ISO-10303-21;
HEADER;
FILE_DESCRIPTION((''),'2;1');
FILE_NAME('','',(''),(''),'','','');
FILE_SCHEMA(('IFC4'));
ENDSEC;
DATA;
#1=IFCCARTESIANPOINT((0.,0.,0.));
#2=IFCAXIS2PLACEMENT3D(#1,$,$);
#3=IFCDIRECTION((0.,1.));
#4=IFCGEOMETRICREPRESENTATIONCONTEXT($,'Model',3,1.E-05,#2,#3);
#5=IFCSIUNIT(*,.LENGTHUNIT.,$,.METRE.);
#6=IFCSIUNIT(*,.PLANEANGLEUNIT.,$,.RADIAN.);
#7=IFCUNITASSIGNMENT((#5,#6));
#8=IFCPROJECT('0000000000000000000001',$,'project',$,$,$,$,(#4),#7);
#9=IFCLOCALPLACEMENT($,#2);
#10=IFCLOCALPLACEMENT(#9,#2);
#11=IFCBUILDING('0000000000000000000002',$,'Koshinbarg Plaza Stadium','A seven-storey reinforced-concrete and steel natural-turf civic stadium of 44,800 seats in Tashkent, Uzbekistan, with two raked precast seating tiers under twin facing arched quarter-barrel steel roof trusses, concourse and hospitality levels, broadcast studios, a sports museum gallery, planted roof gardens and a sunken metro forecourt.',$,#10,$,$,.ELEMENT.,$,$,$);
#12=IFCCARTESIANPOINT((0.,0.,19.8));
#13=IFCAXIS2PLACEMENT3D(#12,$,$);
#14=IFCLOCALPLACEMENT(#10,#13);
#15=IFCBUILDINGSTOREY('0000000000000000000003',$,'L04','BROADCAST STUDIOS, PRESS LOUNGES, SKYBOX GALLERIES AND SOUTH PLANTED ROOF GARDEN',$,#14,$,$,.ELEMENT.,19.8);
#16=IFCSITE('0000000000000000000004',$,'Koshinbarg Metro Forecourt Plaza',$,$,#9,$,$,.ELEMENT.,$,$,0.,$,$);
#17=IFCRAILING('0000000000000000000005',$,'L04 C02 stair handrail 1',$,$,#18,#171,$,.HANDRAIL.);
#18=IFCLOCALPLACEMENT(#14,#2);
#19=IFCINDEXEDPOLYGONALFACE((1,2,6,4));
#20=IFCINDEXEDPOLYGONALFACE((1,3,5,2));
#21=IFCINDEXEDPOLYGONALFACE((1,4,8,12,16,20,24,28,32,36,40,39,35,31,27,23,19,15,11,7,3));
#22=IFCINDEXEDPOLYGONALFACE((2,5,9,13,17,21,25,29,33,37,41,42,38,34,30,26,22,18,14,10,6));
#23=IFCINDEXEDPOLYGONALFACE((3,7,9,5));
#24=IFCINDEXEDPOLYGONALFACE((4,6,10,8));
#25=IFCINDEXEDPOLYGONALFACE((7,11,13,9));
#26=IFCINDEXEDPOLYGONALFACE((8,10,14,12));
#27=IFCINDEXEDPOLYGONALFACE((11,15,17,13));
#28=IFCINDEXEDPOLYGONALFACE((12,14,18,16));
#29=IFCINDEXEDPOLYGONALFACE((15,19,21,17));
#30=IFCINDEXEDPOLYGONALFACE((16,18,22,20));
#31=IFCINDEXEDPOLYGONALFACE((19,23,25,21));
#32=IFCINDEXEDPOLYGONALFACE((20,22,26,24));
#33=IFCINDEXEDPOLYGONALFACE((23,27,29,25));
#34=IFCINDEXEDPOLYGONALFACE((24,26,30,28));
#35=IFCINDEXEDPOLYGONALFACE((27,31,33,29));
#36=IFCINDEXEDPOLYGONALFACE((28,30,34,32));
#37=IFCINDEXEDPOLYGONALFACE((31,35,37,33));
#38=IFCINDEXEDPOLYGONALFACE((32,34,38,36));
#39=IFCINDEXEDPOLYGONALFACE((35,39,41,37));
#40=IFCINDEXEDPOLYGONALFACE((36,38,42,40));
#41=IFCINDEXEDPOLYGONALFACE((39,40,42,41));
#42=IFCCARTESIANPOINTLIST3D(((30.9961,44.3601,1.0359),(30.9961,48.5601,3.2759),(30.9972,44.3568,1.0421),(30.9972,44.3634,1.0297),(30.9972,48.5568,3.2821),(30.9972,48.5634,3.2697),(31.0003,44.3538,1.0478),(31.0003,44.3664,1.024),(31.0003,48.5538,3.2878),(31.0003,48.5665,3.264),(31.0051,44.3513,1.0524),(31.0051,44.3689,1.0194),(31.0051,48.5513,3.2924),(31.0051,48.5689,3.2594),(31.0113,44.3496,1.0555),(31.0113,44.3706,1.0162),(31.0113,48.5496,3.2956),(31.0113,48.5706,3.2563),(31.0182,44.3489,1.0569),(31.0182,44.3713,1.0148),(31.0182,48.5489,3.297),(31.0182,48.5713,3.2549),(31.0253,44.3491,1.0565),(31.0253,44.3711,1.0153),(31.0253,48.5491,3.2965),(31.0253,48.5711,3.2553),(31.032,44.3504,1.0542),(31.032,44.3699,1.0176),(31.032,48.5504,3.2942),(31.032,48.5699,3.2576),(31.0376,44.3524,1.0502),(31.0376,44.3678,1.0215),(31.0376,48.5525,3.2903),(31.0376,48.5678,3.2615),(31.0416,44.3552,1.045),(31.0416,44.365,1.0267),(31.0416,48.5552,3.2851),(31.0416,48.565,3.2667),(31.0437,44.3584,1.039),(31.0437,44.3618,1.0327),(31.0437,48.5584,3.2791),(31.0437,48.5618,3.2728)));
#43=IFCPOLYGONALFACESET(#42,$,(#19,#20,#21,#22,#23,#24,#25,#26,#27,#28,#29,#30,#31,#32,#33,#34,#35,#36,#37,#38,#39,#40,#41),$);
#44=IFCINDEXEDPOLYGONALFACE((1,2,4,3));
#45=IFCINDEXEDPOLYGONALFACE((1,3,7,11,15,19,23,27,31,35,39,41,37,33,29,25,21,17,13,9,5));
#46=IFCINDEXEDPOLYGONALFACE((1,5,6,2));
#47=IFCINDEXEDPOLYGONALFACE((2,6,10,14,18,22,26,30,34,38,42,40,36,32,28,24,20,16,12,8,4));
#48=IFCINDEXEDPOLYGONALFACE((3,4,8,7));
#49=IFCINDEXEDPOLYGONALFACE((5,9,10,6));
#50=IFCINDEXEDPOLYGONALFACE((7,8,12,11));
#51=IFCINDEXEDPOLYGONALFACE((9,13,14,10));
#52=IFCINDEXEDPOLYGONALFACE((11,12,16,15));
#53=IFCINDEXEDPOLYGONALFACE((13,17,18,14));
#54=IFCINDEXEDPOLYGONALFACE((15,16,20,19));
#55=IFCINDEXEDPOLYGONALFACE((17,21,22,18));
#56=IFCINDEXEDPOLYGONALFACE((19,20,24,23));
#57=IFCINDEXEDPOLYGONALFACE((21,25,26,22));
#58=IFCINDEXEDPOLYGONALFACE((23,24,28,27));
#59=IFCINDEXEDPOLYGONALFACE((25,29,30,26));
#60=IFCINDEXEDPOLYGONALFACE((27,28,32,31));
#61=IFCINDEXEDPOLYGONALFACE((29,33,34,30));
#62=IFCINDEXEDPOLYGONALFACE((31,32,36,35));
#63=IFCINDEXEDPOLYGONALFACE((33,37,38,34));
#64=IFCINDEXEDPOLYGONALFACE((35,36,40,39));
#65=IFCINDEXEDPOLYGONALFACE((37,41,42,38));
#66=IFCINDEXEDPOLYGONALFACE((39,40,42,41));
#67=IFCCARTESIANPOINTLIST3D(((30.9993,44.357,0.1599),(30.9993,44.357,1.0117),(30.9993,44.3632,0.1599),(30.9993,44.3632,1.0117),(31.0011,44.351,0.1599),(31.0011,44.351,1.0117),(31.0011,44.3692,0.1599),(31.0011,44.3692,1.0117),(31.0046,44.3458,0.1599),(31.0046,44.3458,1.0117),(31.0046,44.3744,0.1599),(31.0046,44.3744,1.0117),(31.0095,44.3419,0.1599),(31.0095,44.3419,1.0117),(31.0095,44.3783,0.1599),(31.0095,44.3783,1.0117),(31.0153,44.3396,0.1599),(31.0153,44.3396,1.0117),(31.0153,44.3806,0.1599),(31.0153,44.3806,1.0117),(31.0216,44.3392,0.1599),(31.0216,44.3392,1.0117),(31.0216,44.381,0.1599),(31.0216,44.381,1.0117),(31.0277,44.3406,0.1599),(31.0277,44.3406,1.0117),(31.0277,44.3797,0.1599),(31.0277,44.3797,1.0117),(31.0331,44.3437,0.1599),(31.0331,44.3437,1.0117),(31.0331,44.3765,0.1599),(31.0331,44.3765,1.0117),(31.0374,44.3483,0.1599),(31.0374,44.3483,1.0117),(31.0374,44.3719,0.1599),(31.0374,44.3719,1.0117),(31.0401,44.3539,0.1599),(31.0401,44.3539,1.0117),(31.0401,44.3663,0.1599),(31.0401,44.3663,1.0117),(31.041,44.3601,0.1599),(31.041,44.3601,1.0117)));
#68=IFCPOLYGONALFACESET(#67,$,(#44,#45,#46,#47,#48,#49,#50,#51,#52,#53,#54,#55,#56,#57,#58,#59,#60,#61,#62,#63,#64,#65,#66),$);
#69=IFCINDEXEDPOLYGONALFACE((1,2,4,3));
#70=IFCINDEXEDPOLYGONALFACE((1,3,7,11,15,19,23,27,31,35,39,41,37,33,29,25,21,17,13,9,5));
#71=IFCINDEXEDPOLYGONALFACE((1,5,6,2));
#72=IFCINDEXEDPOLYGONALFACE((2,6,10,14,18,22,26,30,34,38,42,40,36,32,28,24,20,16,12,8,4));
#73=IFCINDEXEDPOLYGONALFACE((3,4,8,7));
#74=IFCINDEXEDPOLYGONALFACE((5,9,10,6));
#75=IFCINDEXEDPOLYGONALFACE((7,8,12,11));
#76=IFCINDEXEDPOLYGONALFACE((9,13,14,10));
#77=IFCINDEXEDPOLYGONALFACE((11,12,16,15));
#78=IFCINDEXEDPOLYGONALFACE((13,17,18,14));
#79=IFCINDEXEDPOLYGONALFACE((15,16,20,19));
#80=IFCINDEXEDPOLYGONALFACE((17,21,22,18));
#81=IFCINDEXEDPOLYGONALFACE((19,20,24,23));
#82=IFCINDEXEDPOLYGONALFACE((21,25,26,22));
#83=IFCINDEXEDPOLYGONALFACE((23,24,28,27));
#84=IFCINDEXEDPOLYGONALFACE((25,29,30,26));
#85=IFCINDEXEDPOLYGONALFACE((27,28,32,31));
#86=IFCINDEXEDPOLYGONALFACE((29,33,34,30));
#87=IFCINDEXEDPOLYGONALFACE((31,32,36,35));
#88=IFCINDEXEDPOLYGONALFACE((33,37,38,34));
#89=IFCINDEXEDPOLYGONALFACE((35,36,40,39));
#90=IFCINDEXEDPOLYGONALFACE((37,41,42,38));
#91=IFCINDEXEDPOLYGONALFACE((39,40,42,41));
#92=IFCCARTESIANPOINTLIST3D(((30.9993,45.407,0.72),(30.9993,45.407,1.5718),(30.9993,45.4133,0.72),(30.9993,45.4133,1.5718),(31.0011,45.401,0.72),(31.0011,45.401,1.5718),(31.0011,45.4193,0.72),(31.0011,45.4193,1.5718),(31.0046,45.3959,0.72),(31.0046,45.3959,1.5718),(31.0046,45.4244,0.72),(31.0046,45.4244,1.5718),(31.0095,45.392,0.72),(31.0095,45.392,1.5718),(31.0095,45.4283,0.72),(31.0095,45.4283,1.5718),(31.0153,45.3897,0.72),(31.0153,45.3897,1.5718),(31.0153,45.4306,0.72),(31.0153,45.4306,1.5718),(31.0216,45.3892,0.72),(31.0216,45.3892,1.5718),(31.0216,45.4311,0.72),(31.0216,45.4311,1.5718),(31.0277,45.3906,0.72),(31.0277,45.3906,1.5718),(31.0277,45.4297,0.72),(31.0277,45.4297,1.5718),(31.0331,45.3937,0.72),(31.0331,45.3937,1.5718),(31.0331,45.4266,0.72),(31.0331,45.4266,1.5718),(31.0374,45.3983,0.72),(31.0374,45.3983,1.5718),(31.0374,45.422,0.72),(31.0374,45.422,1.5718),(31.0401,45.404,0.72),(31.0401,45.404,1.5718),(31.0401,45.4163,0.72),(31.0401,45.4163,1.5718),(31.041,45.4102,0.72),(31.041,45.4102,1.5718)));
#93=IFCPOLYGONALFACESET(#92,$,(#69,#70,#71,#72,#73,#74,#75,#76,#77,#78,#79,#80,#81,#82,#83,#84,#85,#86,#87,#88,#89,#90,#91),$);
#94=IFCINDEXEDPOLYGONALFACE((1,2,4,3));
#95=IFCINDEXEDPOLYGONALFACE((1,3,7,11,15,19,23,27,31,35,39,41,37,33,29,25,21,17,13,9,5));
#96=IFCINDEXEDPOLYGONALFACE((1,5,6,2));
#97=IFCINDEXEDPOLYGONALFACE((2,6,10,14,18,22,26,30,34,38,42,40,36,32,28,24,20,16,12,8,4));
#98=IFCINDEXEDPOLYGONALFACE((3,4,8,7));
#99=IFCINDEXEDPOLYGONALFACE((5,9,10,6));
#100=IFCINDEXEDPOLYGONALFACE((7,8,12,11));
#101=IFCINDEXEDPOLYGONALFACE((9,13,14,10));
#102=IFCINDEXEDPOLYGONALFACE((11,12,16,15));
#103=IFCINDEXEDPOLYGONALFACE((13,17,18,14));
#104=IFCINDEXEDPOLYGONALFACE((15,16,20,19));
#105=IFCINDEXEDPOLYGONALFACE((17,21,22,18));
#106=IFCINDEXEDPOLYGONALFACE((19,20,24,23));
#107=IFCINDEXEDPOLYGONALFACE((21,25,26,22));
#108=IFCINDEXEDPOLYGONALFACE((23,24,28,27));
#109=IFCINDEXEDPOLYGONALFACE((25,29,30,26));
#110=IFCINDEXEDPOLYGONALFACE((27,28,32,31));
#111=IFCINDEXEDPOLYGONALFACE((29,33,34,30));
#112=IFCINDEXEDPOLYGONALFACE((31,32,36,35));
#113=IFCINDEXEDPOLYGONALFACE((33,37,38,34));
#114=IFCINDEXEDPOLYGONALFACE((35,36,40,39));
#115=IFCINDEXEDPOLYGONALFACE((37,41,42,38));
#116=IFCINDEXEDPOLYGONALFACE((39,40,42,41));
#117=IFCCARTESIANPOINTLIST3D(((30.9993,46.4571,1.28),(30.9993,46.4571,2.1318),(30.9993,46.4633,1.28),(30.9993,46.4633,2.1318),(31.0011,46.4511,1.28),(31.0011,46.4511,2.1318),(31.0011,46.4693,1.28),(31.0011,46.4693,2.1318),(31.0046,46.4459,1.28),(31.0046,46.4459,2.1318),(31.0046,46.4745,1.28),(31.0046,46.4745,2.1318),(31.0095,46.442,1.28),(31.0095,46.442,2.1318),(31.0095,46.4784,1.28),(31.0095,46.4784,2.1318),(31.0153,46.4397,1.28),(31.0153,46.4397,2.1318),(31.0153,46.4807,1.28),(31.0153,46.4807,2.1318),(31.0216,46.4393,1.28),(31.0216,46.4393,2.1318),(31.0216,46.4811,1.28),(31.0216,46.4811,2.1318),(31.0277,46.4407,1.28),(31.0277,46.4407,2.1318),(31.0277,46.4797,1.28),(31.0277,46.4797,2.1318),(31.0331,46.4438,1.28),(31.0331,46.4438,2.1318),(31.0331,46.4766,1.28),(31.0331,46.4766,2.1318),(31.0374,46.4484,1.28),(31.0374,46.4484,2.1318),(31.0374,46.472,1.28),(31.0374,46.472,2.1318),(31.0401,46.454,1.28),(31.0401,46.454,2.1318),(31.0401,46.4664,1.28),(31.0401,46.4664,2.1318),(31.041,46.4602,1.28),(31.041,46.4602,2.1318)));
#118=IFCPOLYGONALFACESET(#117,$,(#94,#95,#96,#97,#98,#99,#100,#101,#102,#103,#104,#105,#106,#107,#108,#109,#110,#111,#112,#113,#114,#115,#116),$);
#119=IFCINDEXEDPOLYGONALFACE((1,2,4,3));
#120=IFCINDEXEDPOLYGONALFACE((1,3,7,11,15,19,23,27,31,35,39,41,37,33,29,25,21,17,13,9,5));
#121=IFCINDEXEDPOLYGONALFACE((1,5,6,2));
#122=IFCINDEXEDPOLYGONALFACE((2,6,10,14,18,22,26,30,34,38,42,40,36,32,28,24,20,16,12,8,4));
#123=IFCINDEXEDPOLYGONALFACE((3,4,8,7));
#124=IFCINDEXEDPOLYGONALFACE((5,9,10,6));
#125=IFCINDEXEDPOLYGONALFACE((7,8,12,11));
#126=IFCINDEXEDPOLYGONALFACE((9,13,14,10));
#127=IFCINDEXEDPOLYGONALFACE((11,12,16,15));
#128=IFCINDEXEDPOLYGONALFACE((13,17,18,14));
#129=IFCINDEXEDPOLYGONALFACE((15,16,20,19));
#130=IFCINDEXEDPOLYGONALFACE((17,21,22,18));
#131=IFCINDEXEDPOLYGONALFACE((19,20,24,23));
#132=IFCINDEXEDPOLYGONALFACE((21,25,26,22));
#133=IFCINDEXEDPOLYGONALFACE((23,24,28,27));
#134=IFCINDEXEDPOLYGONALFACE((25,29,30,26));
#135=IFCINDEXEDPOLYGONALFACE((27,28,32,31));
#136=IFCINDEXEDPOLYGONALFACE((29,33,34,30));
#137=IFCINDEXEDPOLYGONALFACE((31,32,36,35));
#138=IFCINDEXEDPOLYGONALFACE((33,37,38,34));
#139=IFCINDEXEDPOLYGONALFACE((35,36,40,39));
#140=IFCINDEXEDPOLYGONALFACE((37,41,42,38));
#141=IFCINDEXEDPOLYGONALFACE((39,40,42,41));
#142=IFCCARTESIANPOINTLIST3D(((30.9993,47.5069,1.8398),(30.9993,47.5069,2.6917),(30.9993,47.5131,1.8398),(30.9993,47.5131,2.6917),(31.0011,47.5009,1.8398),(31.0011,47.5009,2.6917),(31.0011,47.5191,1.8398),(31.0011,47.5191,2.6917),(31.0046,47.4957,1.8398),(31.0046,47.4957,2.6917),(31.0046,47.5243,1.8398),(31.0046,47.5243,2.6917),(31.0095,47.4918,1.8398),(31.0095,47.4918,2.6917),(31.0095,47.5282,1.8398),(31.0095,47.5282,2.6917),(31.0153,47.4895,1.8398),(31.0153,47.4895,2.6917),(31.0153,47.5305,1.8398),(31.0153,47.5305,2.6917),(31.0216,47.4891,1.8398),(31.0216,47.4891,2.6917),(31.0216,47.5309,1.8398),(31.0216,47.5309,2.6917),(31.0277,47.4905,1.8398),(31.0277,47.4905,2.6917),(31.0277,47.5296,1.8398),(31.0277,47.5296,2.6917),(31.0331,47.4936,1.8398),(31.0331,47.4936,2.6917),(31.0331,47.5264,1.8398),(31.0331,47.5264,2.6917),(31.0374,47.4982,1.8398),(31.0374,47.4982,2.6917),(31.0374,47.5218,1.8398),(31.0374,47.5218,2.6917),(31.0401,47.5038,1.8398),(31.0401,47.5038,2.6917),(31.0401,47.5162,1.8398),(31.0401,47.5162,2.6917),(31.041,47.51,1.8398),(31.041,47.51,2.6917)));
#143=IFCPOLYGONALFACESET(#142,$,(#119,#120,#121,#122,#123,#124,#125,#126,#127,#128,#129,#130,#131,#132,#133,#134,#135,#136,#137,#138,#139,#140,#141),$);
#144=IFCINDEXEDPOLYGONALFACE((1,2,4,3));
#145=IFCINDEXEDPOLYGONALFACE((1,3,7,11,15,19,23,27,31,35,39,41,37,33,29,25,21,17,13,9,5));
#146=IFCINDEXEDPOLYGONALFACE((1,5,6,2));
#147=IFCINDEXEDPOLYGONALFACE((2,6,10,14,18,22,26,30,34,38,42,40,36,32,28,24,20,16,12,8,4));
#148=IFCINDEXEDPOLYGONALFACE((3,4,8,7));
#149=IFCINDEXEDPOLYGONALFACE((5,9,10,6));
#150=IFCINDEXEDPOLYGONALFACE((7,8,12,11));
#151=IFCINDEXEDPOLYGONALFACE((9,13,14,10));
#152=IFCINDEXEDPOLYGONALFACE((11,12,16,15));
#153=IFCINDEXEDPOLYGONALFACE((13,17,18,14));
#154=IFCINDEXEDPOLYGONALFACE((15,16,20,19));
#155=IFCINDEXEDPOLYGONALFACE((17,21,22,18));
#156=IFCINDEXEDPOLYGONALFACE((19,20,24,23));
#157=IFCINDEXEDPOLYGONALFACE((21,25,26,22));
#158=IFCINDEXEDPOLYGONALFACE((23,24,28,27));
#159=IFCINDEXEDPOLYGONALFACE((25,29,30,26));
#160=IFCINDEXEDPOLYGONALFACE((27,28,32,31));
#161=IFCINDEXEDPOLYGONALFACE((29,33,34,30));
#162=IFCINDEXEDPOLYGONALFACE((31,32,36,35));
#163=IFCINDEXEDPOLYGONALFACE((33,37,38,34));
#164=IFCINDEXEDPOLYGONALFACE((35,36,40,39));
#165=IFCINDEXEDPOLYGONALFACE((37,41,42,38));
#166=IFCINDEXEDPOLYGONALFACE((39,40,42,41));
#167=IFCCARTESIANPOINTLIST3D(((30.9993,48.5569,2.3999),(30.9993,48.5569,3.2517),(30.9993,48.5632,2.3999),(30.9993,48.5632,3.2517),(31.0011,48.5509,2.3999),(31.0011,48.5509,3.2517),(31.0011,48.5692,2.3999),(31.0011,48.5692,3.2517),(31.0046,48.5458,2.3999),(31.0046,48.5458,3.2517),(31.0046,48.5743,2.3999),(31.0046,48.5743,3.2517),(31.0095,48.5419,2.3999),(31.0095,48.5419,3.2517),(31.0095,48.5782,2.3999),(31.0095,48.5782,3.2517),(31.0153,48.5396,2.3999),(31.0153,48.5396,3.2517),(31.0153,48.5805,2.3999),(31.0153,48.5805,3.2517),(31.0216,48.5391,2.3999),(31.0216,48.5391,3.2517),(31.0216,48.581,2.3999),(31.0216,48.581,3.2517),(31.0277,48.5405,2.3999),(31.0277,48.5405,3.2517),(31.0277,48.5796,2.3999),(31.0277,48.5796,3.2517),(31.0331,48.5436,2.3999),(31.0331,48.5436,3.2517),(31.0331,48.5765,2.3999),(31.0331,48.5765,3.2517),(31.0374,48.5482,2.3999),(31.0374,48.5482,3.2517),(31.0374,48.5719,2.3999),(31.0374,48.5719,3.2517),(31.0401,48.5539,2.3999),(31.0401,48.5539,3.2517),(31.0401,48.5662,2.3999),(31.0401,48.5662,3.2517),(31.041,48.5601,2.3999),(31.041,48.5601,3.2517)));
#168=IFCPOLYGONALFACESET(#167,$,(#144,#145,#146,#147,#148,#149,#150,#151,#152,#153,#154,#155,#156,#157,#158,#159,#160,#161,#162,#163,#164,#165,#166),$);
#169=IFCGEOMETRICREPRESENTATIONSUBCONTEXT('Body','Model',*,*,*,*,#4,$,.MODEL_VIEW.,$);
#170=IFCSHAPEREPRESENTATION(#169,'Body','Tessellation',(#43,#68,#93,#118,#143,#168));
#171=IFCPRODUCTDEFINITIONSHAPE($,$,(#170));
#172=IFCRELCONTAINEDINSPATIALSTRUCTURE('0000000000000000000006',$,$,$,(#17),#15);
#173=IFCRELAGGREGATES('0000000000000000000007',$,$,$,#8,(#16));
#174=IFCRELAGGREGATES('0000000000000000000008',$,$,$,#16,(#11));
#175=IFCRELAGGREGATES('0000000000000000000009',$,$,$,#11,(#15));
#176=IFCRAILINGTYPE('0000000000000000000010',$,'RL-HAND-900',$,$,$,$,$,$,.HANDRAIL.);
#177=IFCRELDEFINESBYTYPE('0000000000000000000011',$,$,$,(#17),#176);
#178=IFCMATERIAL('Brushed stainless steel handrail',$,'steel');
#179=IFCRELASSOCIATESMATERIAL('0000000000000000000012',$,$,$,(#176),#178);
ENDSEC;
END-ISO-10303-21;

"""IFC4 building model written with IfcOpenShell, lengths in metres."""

from ifc_helpers import new_model, si_unit, direction, frame, origin, origin_2d, place, context, subcontext, project, spatial, circle, extrude, material, type_object, element, save


model = new_model("IFC4")

# Units and contexts
model_context = context("Model", 3, precision=1e-05, world=origin(), true_north=direction((0.0, 1.0)))
body_context = subcontext(model_context, "Body", "Model", "MODEL_VIEW")
ifc_project = project(units=[si_unit("LENGTHUNIT", "METRE"), si_unit("PLANEANGLEUNIT", "RADIAN")], contexts=[model_context])

# Site, building, storey
site_placement = place(None, origin())
site = spatial("IfcSite", under=ifc_project, at=site_placement, Name="Koshinbarg Metro Forecourt Plaza", CompositionType="ELEMENT", RefElevation=0.0)
building_placement = place(site_placement, origin())
building = spatial("IfcBuilding", under=site, at=building_placement, Name="Koshinbarg Plaza Stadium", Description="A seven-storey reinforced-concrete and steel natural-turf civic stadium of 44,800 seats in Tashkent, Uzbekistan, with two raked precast seating tiers under twin facing arched quarter-barrel steel roof trusses, concourse and hospitality levels, broadcast studios, a sports museum gallery, planted roof gardens and a sunken metro forecourt.", CompositionType="ELEMENT")
storey_placement = place(building_placement, frame((0.0, 0.0, 19.8)))
storey = spatial("IfcBuildingStorey", under=building, at=storey_placement, Name="L04", Description="BROADCAST STUDIOS, PRESS LOUNGES, SKYBOX GALLERIES AND SOUTH PLANTED ROOF GARDEN", CompositionType="ELEMENT", Elevation=19.8)

# Railing
ifc_material_1 = material(Name="Brushed stainless steel handrail", Category="steel")
railing_type_1 = type_object("IfcRailingType", Name="RL-HAND-900", PredefinedType="HANDRAIL", material=ifc_material_1)
railing_1_placement = place(storey_placement, frame((31.02, 44.3601, 0.1599)))
element("IfcRailing", 1, at=railing_1_placement, inside=storey, type_object=railing_type_1, Name="L04 C02 stair handrail 1", PredefinedType="HANDRAIL", context=body_context, shape_type="SweptSolid", body=[
    extrude(circle(Radius=0.0239, at=origin_2d()), frame((0.0, 0.0, 0.876), z_axis=(0.0, 0.882352, 0.470591), x_axis=(-1.0, 0.0, 0.0)), (0.0, 0.0, 1.0), 4.76),
    extrude(circle(Radius=0.021, at=origin_2d()), origin(), (0.0, 0.0, 1.0), 0.8518),
    extrude(circle(Radius=0.021, at=origin_2d()), frame((0.0, 1.05, 0.5601)), (0.0, 0.0, 1.0), 0.8518),
    extrude(circle(Radius=0.021, at=origin_2d()), frame((0.0, 2.1001, 1.1201)), (0.0, 0.0, 1.0), 0.8518),
    extrude(circle(Radius=0.021, at=origin_2d()), frame((0.0, 3.1499, 1.6799)), (0.0, 0.0, 1.0), 0.8518),
    extrude(circle(Radius=0.021, at=origin_2d()), frame((0.0, 4.2, 2.24)), (0.0, 0.0, 1.0), 0.8518),
])

save(model, "model.ifc")
